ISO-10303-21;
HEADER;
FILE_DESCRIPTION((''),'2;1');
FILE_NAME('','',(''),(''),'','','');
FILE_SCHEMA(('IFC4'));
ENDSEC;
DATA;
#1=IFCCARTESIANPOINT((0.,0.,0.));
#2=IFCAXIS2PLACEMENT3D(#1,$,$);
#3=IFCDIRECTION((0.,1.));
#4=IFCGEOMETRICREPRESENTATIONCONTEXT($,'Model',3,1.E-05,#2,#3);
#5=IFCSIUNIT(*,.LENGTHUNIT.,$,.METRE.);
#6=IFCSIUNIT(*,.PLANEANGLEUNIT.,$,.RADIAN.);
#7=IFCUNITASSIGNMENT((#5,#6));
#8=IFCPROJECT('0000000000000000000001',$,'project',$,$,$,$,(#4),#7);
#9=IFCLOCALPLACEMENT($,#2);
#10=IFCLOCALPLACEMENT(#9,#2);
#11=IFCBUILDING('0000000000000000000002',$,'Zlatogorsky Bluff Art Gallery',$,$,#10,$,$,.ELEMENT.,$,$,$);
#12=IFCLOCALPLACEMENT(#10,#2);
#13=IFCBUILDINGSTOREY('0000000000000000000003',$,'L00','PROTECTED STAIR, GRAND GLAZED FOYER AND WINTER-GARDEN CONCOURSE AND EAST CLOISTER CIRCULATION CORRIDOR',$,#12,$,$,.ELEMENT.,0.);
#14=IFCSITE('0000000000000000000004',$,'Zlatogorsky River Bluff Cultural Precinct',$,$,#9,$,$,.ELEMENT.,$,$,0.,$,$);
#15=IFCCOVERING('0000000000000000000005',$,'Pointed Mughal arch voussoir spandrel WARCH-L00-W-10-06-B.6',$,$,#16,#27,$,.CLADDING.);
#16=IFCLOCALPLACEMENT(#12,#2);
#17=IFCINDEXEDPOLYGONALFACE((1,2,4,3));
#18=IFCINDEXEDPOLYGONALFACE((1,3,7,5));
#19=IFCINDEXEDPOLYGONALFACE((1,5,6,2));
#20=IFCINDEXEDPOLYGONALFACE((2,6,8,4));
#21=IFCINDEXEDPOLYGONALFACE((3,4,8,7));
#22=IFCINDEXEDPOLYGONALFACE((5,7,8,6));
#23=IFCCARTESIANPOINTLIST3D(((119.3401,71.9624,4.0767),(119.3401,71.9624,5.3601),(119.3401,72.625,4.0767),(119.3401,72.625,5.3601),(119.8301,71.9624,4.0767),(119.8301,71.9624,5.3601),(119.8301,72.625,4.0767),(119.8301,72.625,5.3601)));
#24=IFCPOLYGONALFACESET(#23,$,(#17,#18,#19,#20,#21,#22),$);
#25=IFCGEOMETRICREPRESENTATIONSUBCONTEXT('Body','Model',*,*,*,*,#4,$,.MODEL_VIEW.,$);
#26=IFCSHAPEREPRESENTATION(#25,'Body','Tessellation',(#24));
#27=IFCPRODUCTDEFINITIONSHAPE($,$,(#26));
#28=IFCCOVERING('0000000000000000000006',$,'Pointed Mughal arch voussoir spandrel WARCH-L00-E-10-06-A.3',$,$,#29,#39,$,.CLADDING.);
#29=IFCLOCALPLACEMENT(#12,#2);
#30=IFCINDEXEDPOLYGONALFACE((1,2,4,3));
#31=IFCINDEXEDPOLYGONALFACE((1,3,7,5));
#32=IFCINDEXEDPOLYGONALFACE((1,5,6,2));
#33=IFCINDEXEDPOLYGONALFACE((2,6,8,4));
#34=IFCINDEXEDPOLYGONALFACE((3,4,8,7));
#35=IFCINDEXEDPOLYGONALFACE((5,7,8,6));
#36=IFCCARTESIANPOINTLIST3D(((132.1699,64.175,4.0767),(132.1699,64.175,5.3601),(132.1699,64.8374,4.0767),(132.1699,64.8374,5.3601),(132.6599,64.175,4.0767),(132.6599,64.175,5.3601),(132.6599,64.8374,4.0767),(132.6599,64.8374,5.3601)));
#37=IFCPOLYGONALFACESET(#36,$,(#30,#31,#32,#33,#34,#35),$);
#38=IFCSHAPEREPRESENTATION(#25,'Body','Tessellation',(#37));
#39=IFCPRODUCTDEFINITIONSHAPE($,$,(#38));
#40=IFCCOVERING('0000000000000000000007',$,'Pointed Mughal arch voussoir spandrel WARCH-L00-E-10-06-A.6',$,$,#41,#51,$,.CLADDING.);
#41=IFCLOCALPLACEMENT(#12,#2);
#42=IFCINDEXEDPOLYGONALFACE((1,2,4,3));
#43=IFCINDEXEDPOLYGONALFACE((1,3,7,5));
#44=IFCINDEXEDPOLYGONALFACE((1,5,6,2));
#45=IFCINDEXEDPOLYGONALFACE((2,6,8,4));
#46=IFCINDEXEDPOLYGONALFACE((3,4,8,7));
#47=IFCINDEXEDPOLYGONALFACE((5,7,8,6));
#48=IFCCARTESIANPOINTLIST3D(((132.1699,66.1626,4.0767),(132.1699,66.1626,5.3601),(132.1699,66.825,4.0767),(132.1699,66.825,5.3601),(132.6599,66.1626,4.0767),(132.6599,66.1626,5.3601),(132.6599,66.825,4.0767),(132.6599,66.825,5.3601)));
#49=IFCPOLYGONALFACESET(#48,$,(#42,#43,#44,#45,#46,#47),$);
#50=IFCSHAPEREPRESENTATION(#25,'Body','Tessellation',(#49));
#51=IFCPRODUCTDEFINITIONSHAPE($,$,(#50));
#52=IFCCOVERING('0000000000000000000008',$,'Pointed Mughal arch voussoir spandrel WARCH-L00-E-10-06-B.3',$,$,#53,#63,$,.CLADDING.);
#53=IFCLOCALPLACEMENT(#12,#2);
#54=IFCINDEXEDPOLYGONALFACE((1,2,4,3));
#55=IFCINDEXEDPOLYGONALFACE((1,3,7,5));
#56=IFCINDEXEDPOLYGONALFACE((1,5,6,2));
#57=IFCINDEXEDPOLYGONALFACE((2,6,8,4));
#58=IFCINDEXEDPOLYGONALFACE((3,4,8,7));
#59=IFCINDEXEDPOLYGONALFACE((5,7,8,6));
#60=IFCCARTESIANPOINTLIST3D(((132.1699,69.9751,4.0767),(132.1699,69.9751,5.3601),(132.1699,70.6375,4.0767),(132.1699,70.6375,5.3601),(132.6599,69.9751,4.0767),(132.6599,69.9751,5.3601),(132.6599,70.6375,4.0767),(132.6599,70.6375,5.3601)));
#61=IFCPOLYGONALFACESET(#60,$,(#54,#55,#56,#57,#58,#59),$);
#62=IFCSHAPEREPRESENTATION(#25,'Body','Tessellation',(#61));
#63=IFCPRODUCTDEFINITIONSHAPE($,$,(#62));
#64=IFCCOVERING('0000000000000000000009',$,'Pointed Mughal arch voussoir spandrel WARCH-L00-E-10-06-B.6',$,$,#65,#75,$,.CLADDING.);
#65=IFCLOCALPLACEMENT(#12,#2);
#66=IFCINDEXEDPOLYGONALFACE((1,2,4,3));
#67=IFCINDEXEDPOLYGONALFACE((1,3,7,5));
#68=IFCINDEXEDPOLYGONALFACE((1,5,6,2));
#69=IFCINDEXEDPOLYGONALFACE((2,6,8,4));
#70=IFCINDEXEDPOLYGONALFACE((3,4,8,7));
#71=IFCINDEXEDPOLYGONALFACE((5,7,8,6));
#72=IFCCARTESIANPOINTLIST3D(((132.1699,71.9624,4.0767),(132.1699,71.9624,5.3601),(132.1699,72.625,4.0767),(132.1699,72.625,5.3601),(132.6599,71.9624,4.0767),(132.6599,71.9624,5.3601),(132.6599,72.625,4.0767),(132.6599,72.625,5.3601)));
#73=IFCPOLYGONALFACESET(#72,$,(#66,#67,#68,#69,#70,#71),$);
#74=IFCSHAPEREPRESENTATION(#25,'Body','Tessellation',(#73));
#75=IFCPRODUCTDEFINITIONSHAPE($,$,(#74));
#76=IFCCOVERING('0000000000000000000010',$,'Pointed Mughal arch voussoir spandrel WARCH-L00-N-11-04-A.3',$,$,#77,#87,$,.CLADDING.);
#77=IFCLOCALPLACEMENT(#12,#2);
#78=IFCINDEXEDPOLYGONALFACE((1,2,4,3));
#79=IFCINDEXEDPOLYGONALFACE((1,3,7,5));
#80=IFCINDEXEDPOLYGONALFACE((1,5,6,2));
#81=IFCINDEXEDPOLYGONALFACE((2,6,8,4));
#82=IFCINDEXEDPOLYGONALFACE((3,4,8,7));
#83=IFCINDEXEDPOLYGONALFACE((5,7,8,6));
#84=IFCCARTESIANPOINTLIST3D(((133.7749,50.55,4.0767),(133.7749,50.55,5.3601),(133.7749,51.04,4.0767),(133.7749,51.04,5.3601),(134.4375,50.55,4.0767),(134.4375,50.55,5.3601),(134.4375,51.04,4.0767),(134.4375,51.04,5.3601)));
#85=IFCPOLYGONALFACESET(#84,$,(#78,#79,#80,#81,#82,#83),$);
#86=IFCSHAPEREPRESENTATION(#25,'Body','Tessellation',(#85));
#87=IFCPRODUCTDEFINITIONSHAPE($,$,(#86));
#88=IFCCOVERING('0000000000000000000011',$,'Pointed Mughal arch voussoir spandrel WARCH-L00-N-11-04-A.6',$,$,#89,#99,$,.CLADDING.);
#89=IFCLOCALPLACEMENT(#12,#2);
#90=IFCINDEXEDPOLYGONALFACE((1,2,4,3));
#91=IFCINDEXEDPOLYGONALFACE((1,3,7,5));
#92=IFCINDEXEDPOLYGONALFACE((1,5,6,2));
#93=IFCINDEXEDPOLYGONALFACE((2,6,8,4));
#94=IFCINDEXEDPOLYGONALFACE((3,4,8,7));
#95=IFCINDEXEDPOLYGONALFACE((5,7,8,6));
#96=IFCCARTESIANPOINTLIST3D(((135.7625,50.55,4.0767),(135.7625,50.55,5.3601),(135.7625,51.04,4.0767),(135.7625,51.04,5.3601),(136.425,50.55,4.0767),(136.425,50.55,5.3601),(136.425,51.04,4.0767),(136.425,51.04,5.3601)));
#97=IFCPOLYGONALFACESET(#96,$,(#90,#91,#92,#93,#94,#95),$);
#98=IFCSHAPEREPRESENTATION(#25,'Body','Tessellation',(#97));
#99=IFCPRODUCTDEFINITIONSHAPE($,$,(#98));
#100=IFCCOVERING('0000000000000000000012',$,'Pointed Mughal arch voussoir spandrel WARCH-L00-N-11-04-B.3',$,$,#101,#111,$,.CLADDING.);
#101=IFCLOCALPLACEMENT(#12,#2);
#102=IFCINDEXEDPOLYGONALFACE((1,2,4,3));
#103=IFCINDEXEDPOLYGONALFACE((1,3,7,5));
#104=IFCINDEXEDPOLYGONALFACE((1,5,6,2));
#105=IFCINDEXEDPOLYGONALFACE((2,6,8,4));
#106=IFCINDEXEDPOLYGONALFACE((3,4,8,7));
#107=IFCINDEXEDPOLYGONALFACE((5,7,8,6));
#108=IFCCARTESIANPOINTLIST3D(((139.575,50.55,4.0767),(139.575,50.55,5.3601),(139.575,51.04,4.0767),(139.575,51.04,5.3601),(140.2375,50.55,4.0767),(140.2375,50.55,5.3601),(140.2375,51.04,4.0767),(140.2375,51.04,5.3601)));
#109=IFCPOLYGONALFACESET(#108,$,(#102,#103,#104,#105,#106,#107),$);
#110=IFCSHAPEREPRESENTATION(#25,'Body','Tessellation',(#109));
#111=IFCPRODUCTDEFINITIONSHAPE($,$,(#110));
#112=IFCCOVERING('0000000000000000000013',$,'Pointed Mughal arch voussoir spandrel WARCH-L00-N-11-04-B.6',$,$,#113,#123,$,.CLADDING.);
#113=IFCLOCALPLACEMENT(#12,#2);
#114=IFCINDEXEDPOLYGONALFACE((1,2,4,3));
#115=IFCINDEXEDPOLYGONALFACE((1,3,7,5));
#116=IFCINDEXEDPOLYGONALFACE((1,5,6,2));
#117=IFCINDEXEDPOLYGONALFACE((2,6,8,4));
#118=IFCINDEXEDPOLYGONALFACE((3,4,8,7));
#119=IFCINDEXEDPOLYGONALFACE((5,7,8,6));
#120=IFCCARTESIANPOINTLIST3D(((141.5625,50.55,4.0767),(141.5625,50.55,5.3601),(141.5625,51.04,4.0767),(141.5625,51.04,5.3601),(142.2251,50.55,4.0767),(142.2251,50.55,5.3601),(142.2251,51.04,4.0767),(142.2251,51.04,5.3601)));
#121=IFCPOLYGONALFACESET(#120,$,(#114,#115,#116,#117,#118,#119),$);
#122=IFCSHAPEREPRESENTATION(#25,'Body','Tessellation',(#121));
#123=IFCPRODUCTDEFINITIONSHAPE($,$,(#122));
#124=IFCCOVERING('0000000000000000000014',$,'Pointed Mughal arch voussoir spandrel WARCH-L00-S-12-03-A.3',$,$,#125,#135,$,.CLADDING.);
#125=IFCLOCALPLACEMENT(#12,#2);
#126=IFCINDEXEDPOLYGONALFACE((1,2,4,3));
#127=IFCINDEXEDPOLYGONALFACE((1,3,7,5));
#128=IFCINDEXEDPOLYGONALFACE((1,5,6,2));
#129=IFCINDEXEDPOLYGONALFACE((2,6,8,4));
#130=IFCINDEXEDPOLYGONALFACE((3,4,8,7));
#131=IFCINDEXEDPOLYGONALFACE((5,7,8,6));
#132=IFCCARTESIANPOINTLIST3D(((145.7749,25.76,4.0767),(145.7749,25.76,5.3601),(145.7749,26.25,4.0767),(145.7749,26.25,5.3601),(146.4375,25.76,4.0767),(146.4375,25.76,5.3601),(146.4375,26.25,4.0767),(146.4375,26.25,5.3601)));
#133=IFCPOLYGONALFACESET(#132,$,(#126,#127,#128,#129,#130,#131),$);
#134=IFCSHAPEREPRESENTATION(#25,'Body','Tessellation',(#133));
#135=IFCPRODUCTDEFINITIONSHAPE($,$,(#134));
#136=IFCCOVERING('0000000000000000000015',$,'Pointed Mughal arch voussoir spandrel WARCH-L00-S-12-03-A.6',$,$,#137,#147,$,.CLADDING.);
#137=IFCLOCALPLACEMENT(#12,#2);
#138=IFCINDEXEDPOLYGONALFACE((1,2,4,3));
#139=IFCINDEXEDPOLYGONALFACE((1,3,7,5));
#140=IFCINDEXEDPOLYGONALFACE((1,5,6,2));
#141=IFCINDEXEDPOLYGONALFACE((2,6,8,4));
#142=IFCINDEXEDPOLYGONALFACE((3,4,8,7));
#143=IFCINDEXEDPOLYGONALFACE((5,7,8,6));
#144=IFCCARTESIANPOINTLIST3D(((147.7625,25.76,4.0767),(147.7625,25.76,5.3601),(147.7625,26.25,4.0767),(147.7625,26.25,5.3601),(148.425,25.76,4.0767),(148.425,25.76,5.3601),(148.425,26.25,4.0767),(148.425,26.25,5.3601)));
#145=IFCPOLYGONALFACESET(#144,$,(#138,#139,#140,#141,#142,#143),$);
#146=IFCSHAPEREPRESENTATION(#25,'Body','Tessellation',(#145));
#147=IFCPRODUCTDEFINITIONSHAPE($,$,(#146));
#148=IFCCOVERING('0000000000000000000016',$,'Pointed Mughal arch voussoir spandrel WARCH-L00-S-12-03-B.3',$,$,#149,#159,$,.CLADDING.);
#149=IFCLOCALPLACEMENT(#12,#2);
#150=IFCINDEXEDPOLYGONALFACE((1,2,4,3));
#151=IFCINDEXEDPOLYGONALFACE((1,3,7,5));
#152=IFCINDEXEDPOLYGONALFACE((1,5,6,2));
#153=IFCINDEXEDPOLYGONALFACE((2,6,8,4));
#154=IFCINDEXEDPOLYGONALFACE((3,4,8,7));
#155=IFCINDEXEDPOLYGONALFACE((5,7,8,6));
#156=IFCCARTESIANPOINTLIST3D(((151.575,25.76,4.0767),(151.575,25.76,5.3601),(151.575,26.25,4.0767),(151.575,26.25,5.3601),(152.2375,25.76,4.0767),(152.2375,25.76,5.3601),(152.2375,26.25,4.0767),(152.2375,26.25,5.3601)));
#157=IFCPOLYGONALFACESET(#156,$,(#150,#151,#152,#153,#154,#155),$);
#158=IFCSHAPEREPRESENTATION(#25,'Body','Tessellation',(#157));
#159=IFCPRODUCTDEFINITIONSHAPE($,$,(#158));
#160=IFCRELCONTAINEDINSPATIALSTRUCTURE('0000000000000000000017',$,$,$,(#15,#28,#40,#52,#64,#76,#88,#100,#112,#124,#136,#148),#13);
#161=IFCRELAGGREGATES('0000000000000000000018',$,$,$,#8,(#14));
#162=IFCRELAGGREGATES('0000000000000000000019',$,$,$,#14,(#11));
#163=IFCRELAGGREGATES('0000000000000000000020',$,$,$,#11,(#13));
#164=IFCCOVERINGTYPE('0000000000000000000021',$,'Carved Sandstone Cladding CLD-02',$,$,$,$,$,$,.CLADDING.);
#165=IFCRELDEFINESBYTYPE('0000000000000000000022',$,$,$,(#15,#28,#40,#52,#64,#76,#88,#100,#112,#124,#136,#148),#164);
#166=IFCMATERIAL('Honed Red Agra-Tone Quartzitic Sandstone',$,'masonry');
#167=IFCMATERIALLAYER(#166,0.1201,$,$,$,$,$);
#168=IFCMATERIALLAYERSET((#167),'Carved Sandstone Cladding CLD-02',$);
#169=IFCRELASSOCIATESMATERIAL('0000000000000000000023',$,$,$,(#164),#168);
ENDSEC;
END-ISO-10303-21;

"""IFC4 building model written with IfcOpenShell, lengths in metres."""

from ifc_helpers import new_model, si_unit, direction, frame, origin, place, context, subcontext, project, spatial, polyline, outline, extrude, material, layer, layer_set, type_object, element, save


model = new_model("IFC4")

# Units and contexts
model_context = context("Model", 3, precision=1e-05, world=origin(), true_north=direction((0.0, 1.0)))
body_context = subcontext(model_context, "Body", "Model", "MODEL_VIEW")
ifc_project = project(units=[si_unit("LENGTHUNIT", "METRE"), si_unit("PLANEANGLEUNIT", "RADIAN")], contexts=[model_context])

# Site, building, storey
site_placement = place(None, origin())
site = spatial("IfcSite", under=ifc_project, at=site_placement, Name="Zlatogorsky River Bluff Cultural Precinct", CompositionType="ELEMENT", RefElevation=0.0)
building_placement = place(site_placement, origin())
building = spatial("IfcBuilding", under=site, at=building_placement, Name="Zlatogorsky Bluff Art Gallery", CompositionType="ELEMENT")
storey_placement = place(building_placement, origin())
storey = spatial("IfcBuildingStorey", under=building, at=storey_placement, Name="L00", Description="PROTECTED STAIR, GRAND GLAZED FOYER AND WINTER-GARDEN CONCOURSE AND EAST CLOISTER CIRCULATION CORRIDOR", CompositionType="ELEMENT", Elevation=0.0)

# Coverings
ifc_material = material(Name="Honed Red Agra-Tone Quartzitic Sandstone", Category="masonry")
ifc_layer = layer(ifc_material, 0.1201)
ifc_layer_set = layer_set([ifc_layer], Name="Carved Sandstone Cladding CLD-02")
covering_type = type_object("IfcCoveringType", Name="Carved Sandstone Cladding CLD-02", PredefinedType="CLADDING", material=ifc_layer_set)
covering_1_placement = place(storey_placement, frame((0.0, 0.0, 4.0767)))
element("IfcCovering", 1, at=covering_1_placement, inside=storey, type_object=covering_type, Name="Pointed Mughal arch voussoir spandrel WARCH-L00-W-10-06-B.6", PredefinedType="CLADDING", context=body_context, shape_type="SweptSolid", body=[
    extrude(outline(polyline([(119.3401, 71.9624), (119.3401, 72.625), (119.8301, 72.625), (119.8301, 71.9624), (119.3401, 71.9624)])), origin(), (0.0, 0.0, 1.0), 1.2834),
])
covering_2_placement = place(storey_placement, frame((0.0, 0.0, 4.0767)))
element("IfcCovering", 2, at=covering_2_placement, inside=storey, type_object=covering_type, Name="Pointed Mughal arch voussoir spandrel WARCH-L00-E-10-06-A.3", PredefinedType="CLADDING", context=body_context, shape_type="SweptSolid", body=[
    extrude(outline(polyline([(132.1699, 64.175), (132.1699, 64.8374), (132.6599, 64.8374), (132.6599, 64.175), (132.1699, 64.175)])), origin(), (0.0, 0.0, 1.0), 1.2834),
])
covering_3_placement = place(storey_placement, frame((0.0, 0.0, 4.0767)))
element("IfcCovering", 3, at=covering_3_placement, inside=storey, type_object=covering_type, Name="Pointed Mughal arch voussoir spandrel WARCH-L00-E-10-06-A.6", PredefinedType="CLADDING", context=body_context, shape_type="SweptSolid", body=[
    extrude(outline(polyline([(132.1699, 66.1626), (132.1699, 66.825), (132.6599, 66.825), (132.6599, 66.1626), (132.1699, 66.1626)])), origin(), (0.0, 0.0, 1.0), 1.2834),
])
covering_4_placement = place(storey_placement, frame((0.0, 0.0, 4.0767)))
element("IfcCovering", 4, at=covering_4_placement, inside=storey, type_object=covering_type, Name="Pointed Mughal arch voussoir spandrel WARCH-L00-E-10-06-B.3", PredefinedType="CLADDING", context=body_context, shape_type="SweptSolid", body=[
    extrude(outline(polyline([(132.1699, 69.9751), (132.1699, 70.6375), (132.6599, 70.6375), (132.6599, 69.9751), (132.1699, 69.9751)])), origin(), (0.0, 0.0, 1.0), 1.2834),
])
covering_5_placement = place(storey_placement, frame((0.0, 0.0, 4.0767)))
element("IfcCovering", 5, at=covering_5_placement, inside=storey, type_object=covering_type, Name="Pointed Mughal arch voussoir spandrel WARCH-L00-E-10-06-B.6", PredefinedType="CLADDING", context=body_context, shape_type="SweptSolid", body=[
    extrude(outline(polyline([(132.1699, 71.9624), (132.1699, 72.625), (132.6599, 72.625), (132.6599, 71.9624), (132.1699, 71.9624)])), origin(), (0.0, 0.0, 1.0), 1.2834),
])
covering_6_placement = place(storey_placement, frame((0.0, 0.0, 4.0767)))
element("IfcCovering", 6, at=covering_6_placement, inside=storey, type_object=covering_type, Name="Pointed Mughal arch voussoir spandrel WARCH-L00-N-11-04-A.3", PredefinedType="CLADDING", context=body_context, shape_type="SweptSolid", body=[
    extrude(outline(polyline([(133.7749, 50.55), (134.4375, 50.55), (134.4375, 51.04), (133.7749, 51.04), (133.7749, 50.55)])), origin(), (0.0, 0.0, 1.0), 1.2834),
])
covering_7_placement = place(storey_placement, frame((0.0, 0.0, 4.0767)))
element("IfcCovering", 7, at=covering_7_placement, inside=storey, type_object=covering_type, Name="Pointed Mughal arch voussoir spandrel WARCH-L00-N-11-04-A.6", PredefinedType="CLADDING", context=body_context, shape_type="SweptSolid", body=[
    extrude(outline(polyline([(135.7625, 50.55), (136.425, 50.55), (136.425, 51.04), (135.7625, 51.04), (135.7625, 50.55)])), origin(), (0.0, 0.0, 1.0), 1.2834),
])
covering_8_placement = place(storey_placement, frame((0.0, 0.0, 4.0767)))
element("IfcCovering", 8, at=covering_8_placement, inside=storey, type_object=covering_type, Name="Pointed Mughal arch voussoir spandrel WARCH-L00-N-11-04-B.3", PredefinedType="CLADDING", context=body_context, shape_type="SweptSolid", body=[
    extrude(outline(polyline([(139.575, 50.55), (140.2375, 50.55), (140.2375, 51.04), (139.575, 51.04), (139.575, 50.55)])), origin(), (0.0, 0.0, 1.0), 1.2834),
])
covering_9_placement = place(storey_placement, frame((0.0, 0.0, 4.0767)))
element("IfcCovering", 9, at=covering_9_placement, inside=storey, type_object=covering_type, Name="Pointed Mughal arch voussoir spandrel WARCH-L00-N-11-04-B.6", PredefinedType="CLADDING", context=body_context, shape_type="SweptSolid", body=[
    extrude(outline(polyline([(141.5625, 50.55), (142.2251, 50.55), (142.2251, 51.04), (141.5625, 51.04), (141.5625, 50.55)])), origin(), (0.0, 0.0, 1.0), 1.2834),
])
covering_10_placement = place(storey_placement, frame((0.0, 0.0, 4.0767)))
element("IfcCovering", 10, at=covering_10_placement, inside=storey, type_object=covering_type, Name="Pointed Mughal arch voussoir spandrel WARCH-L00-S-12-03-A.3", PredefinedType="CLADDING", context=body_context, shape_type="SweptSolid", body=[
    extrude(outline(polyline([(145.7749, 25.76), (146.4375, 25.76), (146.4375, 26.25), (145.7749, 26.25), (145.7749, 25.76)])), origin(), (0.0, 0.0, 1.0), 1.2834),
])
covering_11_placement = place(storey_placement, frame((0.0, 0.0, 4.0767)))
element("IfcCovering", 11, at=covering_11_placement, inside=storey, type_object=covering_type, Name="Pointed Mughal arch voussoir spandrel WARCH-L00-S-12-03-A.6", PredefinedType="CLADDING", context=body_context, shape_type="SweptSolid", body=[
    extrude(outline(polyline([(147.7625, 25.76), (148.425, 25.76), (148.425, 26.25), (147.7625, 26.25), (147.7625, 25.76)])), origin(), (0.0, 0.0, 1.0), 1.2834),
])
covering_12_placement = place(storey_placement, frame((0.0, 0.0, 4.0767)))
element("IfcCovering", 12, at=covering_12_placement, inside=storey, type_object=covering_type, Name="Pointed Mughal arch voussoir spandrel WARCH-L00-S-12-03-B.3", PredefinedType="CLADDING", context=body_context, shape_type="SweptSolid", body=[
    extrude(outline(polyline([(151.575, 25.76), (152.2375, 25.76), (152.2375, 26.25), (151.575, 26.25), (151.575, 25.76)])), origin(), (0.0, 0.0, 1.0), 1.2834),
])

save(model, "model.ifc")
